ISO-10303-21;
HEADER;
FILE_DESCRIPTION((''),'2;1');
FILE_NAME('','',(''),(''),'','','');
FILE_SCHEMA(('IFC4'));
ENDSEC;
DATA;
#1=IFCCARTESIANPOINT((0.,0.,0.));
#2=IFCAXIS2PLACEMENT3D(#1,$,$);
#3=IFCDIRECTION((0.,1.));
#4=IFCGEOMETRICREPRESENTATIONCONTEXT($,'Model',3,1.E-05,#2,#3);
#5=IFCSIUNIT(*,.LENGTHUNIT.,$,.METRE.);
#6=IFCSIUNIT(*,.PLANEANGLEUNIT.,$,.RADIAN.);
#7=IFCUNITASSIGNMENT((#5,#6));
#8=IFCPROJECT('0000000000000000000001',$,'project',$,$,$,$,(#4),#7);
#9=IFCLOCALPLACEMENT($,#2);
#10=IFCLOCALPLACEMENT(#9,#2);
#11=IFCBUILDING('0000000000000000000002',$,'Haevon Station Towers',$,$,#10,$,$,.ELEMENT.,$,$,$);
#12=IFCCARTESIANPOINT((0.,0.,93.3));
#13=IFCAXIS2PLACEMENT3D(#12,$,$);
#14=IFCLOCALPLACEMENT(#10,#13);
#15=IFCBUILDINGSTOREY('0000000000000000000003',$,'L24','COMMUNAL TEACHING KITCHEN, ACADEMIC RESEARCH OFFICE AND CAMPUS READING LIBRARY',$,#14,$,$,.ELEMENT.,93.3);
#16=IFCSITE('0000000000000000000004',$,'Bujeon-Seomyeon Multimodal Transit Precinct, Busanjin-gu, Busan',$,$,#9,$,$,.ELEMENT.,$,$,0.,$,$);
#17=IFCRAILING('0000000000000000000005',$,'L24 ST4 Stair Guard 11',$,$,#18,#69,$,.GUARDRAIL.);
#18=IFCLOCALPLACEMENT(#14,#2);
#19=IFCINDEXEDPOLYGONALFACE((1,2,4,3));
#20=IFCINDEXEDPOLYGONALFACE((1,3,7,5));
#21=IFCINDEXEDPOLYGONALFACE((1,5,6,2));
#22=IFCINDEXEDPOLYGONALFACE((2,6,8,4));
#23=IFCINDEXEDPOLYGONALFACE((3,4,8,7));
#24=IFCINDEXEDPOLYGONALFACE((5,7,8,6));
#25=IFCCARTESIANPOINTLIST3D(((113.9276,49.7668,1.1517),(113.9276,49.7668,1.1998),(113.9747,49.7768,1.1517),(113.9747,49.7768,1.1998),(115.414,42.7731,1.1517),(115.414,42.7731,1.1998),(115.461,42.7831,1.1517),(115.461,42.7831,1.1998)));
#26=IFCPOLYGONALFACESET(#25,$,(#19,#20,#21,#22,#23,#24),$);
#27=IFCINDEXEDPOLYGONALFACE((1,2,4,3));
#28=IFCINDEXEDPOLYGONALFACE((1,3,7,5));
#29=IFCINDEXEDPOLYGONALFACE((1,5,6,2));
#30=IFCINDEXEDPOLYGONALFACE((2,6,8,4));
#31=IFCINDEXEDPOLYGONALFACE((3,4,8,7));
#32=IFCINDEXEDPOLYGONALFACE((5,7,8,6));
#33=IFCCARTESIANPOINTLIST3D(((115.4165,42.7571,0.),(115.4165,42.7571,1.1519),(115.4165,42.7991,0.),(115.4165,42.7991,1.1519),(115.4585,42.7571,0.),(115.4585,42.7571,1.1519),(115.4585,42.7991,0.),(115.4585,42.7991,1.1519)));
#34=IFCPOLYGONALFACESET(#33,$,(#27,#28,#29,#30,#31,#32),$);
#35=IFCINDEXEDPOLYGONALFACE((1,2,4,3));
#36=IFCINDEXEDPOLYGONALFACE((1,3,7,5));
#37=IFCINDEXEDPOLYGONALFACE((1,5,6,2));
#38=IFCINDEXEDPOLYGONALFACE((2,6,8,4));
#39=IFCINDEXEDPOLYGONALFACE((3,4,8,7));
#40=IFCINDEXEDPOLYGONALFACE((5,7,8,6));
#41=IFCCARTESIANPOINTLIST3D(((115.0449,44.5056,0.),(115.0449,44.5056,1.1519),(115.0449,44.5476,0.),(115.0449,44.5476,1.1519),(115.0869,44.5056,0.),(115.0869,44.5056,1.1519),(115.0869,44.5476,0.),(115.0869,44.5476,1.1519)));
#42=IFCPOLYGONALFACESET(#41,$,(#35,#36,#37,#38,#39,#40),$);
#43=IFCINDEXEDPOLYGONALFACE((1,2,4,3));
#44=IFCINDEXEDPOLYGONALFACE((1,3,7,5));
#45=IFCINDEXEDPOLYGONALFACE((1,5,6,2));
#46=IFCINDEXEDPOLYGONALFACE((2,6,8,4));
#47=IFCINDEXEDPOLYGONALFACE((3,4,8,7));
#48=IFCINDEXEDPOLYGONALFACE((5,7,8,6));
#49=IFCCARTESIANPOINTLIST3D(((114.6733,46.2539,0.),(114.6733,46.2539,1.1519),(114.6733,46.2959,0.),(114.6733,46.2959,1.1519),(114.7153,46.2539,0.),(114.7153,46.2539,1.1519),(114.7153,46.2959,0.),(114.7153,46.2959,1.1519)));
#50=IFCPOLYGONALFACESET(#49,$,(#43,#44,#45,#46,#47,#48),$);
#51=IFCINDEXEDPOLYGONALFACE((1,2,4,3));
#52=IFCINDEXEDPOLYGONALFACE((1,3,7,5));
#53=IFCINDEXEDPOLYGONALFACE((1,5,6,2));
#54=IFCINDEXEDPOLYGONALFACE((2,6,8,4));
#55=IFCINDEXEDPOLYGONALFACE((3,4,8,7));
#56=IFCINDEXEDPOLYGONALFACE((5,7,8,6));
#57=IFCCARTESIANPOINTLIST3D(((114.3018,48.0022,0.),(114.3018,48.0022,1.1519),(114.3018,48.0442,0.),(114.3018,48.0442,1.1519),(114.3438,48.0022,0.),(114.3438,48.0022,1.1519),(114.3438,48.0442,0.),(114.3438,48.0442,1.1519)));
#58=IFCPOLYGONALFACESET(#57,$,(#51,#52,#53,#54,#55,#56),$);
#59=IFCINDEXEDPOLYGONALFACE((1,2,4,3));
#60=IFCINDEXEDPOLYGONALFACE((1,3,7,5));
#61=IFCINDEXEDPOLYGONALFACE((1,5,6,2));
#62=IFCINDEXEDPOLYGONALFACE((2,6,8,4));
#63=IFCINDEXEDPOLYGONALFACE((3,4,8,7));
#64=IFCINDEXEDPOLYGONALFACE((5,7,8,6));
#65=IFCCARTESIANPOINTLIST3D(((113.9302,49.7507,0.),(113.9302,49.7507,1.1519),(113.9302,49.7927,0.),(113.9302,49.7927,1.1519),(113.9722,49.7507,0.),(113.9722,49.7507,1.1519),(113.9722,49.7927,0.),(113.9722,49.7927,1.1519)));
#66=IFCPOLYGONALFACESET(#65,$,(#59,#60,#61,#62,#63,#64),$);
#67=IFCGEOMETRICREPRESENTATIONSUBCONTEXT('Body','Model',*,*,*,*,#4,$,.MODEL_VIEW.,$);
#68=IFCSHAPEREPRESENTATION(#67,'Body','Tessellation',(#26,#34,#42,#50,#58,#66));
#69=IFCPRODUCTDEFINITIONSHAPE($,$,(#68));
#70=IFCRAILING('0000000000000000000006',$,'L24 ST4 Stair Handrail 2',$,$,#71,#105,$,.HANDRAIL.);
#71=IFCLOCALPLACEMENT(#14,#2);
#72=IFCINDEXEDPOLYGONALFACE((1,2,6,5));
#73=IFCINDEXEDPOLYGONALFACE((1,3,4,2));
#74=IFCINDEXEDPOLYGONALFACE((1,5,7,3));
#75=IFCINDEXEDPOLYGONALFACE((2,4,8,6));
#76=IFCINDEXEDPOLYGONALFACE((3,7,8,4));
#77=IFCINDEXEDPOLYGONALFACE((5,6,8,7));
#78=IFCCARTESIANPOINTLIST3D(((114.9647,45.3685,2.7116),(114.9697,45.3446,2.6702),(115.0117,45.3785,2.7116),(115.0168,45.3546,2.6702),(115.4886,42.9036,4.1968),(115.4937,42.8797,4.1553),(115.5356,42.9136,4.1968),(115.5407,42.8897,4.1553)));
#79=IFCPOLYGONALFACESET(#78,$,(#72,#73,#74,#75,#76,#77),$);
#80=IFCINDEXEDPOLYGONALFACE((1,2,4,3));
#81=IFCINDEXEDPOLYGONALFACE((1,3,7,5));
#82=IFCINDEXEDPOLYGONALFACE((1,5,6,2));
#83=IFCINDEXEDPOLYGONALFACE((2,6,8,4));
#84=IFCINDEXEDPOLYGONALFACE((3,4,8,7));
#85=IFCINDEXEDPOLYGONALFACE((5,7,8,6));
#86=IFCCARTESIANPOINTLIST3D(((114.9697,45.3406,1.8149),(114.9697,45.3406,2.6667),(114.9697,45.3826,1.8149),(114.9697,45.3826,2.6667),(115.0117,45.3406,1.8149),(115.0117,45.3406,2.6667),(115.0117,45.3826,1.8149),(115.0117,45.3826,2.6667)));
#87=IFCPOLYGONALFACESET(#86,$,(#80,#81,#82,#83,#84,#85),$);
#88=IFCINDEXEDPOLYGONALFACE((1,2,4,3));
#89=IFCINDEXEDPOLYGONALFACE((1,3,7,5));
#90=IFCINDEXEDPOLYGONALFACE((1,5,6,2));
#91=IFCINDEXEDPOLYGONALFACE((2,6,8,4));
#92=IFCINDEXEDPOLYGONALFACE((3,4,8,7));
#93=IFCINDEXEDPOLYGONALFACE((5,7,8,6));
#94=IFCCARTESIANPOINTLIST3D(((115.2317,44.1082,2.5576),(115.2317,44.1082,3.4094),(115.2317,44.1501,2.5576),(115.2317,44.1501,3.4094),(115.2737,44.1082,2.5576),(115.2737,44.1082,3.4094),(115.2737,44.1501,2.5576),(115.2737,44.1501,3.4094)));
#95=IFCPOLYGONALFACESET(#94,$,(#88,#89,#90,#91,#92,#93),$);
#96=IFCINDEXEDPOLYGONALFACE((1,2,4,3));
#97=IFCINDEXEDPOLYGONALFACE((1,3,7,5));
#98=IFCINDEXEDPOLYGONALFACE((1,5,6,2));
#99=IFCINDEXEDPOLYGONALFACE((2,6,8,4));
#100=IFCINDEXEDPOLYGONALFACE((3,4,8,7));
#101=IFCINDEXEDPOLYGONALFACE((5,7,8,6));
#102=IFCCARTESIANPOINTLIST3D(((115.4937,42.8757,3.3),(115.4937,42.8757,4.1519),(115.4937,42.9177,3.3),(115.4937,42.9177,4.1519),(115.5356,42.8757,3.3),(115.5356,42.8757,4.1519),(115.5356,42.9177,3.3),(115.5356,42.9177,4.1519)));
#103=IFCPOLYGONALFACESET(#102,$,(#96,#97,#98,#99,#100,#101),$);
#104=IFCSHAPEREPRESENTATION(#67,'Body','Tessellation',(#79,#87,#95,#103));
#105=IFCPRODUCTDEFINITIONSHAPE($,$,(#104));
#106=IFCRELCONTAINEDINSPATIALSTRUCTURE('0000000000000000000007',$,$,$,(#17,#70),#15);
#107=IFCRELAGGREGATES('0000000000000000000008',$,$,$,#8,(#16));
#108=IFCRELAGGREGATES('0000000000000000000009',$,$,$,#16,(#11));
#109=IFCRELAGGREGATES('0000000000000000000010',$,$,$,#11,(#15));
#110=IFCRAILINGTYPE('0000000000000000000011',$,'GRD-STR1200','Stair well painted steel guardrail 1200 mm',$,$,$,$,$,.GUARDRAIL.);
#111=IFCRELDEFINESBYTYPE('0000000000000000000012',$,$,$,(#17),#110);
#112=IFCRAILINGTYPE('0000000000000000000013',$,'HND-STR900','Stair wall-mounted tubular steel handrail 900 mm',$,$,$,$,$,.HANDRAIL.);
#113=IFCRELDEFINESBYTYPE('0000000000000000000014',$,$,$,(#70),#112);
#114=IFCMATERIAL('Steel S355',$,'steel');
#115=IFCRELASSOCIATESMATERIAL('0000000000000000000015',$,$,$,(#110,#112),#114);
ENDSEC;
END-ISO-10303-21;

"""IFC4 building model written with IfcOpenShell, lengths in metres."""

from ifc_helpers import new_model, si_unit, direction, frame, origin, origin_2d, place, context, subcontext, project, spatial, rectangle, extrude, material, type_object, element, save


model = new_model("IFC4")

# Units and contexts
model_context = context("Model", 3, precision=1e-05, world=origin(), true_north=direction((0.0, 1.0)))
body_context = subcontext(model_context, "Body", "Model", "MODEL_VIEW")
ifc_project = project(units=[si_unit("LENGTHUNIT", "METRE"), si_unit("PLANEANGLEUNIT", "RADIAN")], contexts=[model_context])

# Site, building, storey
site_placement = place(None, origin())
site = spatial("IfcSite", under=ifc_project, at=site_placement, Name="Bujeon-Seomyeon Multimodal Transit Precinct, Busanjin-gu, Busan", CompositionType="ELEMENT", RefElevation=0.0)
building_placement = place(site_placement, origin())
building = spatial("IfcBuilding", under=site, at=building_placement, Name="Haevon Station Towers", CompositionType="ELEMENT")
storey_placement = place(building_placement, frame((0.0, 0.0, 93.3)))
storey = spatial("IfcBuildingStorey", under=building, at=storey_placement, Name="L24", Description="COMMUNAL TEACHING KITCHEN, ACADEMIC RESEARCH OFFICE AND CAMPUS READING LIBRARY", CompositionType="ELEMENT", Elevation=93.3)

# Railings
ifc_material_1 = material(Name="Steel S355", Category="steel")
railing_type_1 = type_object("IfcRailingType", Name="GRD-STR1200", Description="Stair well painted steel guardrail 1200 mm", PredefinedType="GUARDRAIL", material=ifc_material_1)
railing_1_placement = place(storey_placement, frame((115.4375, 42.7781, 0.0)))
element("IfcRailing", 1, at=railing_1_placement, inside=storey, type_object=railing_type_1, Name="L24 ST4 Stair Guard 11", PredefinedType="GUARDRAIL", context=body_context, shape_type="SweptSolid", body=[
    extrude(rectangle(XDim=0.0481, YDim=0.0481, at=origin_2d()), frame((0.0, 0.0, 1.1758), z_axis=(-0.207882, 0.978154, 0.0), x_axis=(-0.978154, -0.207882, 0.0)), (0.0, 0.0, 1.0), 7.1499),
    extrude(rectangle(XDim=0.042, YDim=0.042, at=origin_2d()), origin(), (0.0, 0.0, 1.0), 1.1519),
    extrude(rectangle(XDim=0.042, YDim=0.042, at=origin_2d()), frame((-0.3716, 1.7485, 0.0)), (0.0, 0.0, 1.0), 1.1519),
    extrude(rectangle(XDim=0.042, YDim=0.042, at=origin_2d()), frame((-0.7432, 3.4968, 0.0)), (0.0, 0.0, 1.0), 1.1519),
    extrude(rectangle(XDim=0.042, YDim=0.042, at=origin_2d()), frame((-1.1147, 5.2451, 0.0)), (0.0, 0.0, 1.0), 1.1519),
    extrude(rectangle(XDim=0.042, YDim=0.042, at=origin_2d()), frame((-1.4863, 6.9937, 0.0)), (0.0, 0.0, 1.0), 1.1519),
])
railing_type_2 = type_object("IfcRailingType", Name="HND-STR900", Description="Stair wall-mounted tubular steel handrail 900 mm", PredefinedType="HANDRAIL", material=ifc_material_1)
railing_2_placement = place(storey_placement, frame((114.9907, 45.3616, 1.8149)))
element("IfcRailing", 2, at=railing_2_placement, inside=storey, type_object=railing_type_2, Name="L24 ST4 Stair Handrail 2", PredefinedType="HANDRAIL", context=body_context, shape_type="SweptSolid", body=[
    extrude(rectangle(XDim=0.0481, YDim=0.0481, at=origin_2d()), frame((0.0, 0.0, 0.876), z_axis=(0.179121, -0.842688, 0.507733), x_axis=(0.978147, 0.207914, 0.0)), (0.0, 0.0, 1.0), 2.925),
    extrude(rectangle(XDim=0.042, YDim=0.042, at=origin_2d()), origin(), (0.0, 0.0, 1.0), 0.8518),
    extrude(rectangle(XDim=0.042, YDim=0.042, at=origin_2d()), frame((0.262, -1.2324, 0.7427)), (0.0, 0.0, 1.0), 0.8518),
    extrude(rectangle(XDim=0.042, YDim=0.042, at=origin_2d()), frame((0.5239, -2.4648, 1.4851)), (0.0, 0.0, 1.0), 0.8518),
])

save(model, "model.ifc")
